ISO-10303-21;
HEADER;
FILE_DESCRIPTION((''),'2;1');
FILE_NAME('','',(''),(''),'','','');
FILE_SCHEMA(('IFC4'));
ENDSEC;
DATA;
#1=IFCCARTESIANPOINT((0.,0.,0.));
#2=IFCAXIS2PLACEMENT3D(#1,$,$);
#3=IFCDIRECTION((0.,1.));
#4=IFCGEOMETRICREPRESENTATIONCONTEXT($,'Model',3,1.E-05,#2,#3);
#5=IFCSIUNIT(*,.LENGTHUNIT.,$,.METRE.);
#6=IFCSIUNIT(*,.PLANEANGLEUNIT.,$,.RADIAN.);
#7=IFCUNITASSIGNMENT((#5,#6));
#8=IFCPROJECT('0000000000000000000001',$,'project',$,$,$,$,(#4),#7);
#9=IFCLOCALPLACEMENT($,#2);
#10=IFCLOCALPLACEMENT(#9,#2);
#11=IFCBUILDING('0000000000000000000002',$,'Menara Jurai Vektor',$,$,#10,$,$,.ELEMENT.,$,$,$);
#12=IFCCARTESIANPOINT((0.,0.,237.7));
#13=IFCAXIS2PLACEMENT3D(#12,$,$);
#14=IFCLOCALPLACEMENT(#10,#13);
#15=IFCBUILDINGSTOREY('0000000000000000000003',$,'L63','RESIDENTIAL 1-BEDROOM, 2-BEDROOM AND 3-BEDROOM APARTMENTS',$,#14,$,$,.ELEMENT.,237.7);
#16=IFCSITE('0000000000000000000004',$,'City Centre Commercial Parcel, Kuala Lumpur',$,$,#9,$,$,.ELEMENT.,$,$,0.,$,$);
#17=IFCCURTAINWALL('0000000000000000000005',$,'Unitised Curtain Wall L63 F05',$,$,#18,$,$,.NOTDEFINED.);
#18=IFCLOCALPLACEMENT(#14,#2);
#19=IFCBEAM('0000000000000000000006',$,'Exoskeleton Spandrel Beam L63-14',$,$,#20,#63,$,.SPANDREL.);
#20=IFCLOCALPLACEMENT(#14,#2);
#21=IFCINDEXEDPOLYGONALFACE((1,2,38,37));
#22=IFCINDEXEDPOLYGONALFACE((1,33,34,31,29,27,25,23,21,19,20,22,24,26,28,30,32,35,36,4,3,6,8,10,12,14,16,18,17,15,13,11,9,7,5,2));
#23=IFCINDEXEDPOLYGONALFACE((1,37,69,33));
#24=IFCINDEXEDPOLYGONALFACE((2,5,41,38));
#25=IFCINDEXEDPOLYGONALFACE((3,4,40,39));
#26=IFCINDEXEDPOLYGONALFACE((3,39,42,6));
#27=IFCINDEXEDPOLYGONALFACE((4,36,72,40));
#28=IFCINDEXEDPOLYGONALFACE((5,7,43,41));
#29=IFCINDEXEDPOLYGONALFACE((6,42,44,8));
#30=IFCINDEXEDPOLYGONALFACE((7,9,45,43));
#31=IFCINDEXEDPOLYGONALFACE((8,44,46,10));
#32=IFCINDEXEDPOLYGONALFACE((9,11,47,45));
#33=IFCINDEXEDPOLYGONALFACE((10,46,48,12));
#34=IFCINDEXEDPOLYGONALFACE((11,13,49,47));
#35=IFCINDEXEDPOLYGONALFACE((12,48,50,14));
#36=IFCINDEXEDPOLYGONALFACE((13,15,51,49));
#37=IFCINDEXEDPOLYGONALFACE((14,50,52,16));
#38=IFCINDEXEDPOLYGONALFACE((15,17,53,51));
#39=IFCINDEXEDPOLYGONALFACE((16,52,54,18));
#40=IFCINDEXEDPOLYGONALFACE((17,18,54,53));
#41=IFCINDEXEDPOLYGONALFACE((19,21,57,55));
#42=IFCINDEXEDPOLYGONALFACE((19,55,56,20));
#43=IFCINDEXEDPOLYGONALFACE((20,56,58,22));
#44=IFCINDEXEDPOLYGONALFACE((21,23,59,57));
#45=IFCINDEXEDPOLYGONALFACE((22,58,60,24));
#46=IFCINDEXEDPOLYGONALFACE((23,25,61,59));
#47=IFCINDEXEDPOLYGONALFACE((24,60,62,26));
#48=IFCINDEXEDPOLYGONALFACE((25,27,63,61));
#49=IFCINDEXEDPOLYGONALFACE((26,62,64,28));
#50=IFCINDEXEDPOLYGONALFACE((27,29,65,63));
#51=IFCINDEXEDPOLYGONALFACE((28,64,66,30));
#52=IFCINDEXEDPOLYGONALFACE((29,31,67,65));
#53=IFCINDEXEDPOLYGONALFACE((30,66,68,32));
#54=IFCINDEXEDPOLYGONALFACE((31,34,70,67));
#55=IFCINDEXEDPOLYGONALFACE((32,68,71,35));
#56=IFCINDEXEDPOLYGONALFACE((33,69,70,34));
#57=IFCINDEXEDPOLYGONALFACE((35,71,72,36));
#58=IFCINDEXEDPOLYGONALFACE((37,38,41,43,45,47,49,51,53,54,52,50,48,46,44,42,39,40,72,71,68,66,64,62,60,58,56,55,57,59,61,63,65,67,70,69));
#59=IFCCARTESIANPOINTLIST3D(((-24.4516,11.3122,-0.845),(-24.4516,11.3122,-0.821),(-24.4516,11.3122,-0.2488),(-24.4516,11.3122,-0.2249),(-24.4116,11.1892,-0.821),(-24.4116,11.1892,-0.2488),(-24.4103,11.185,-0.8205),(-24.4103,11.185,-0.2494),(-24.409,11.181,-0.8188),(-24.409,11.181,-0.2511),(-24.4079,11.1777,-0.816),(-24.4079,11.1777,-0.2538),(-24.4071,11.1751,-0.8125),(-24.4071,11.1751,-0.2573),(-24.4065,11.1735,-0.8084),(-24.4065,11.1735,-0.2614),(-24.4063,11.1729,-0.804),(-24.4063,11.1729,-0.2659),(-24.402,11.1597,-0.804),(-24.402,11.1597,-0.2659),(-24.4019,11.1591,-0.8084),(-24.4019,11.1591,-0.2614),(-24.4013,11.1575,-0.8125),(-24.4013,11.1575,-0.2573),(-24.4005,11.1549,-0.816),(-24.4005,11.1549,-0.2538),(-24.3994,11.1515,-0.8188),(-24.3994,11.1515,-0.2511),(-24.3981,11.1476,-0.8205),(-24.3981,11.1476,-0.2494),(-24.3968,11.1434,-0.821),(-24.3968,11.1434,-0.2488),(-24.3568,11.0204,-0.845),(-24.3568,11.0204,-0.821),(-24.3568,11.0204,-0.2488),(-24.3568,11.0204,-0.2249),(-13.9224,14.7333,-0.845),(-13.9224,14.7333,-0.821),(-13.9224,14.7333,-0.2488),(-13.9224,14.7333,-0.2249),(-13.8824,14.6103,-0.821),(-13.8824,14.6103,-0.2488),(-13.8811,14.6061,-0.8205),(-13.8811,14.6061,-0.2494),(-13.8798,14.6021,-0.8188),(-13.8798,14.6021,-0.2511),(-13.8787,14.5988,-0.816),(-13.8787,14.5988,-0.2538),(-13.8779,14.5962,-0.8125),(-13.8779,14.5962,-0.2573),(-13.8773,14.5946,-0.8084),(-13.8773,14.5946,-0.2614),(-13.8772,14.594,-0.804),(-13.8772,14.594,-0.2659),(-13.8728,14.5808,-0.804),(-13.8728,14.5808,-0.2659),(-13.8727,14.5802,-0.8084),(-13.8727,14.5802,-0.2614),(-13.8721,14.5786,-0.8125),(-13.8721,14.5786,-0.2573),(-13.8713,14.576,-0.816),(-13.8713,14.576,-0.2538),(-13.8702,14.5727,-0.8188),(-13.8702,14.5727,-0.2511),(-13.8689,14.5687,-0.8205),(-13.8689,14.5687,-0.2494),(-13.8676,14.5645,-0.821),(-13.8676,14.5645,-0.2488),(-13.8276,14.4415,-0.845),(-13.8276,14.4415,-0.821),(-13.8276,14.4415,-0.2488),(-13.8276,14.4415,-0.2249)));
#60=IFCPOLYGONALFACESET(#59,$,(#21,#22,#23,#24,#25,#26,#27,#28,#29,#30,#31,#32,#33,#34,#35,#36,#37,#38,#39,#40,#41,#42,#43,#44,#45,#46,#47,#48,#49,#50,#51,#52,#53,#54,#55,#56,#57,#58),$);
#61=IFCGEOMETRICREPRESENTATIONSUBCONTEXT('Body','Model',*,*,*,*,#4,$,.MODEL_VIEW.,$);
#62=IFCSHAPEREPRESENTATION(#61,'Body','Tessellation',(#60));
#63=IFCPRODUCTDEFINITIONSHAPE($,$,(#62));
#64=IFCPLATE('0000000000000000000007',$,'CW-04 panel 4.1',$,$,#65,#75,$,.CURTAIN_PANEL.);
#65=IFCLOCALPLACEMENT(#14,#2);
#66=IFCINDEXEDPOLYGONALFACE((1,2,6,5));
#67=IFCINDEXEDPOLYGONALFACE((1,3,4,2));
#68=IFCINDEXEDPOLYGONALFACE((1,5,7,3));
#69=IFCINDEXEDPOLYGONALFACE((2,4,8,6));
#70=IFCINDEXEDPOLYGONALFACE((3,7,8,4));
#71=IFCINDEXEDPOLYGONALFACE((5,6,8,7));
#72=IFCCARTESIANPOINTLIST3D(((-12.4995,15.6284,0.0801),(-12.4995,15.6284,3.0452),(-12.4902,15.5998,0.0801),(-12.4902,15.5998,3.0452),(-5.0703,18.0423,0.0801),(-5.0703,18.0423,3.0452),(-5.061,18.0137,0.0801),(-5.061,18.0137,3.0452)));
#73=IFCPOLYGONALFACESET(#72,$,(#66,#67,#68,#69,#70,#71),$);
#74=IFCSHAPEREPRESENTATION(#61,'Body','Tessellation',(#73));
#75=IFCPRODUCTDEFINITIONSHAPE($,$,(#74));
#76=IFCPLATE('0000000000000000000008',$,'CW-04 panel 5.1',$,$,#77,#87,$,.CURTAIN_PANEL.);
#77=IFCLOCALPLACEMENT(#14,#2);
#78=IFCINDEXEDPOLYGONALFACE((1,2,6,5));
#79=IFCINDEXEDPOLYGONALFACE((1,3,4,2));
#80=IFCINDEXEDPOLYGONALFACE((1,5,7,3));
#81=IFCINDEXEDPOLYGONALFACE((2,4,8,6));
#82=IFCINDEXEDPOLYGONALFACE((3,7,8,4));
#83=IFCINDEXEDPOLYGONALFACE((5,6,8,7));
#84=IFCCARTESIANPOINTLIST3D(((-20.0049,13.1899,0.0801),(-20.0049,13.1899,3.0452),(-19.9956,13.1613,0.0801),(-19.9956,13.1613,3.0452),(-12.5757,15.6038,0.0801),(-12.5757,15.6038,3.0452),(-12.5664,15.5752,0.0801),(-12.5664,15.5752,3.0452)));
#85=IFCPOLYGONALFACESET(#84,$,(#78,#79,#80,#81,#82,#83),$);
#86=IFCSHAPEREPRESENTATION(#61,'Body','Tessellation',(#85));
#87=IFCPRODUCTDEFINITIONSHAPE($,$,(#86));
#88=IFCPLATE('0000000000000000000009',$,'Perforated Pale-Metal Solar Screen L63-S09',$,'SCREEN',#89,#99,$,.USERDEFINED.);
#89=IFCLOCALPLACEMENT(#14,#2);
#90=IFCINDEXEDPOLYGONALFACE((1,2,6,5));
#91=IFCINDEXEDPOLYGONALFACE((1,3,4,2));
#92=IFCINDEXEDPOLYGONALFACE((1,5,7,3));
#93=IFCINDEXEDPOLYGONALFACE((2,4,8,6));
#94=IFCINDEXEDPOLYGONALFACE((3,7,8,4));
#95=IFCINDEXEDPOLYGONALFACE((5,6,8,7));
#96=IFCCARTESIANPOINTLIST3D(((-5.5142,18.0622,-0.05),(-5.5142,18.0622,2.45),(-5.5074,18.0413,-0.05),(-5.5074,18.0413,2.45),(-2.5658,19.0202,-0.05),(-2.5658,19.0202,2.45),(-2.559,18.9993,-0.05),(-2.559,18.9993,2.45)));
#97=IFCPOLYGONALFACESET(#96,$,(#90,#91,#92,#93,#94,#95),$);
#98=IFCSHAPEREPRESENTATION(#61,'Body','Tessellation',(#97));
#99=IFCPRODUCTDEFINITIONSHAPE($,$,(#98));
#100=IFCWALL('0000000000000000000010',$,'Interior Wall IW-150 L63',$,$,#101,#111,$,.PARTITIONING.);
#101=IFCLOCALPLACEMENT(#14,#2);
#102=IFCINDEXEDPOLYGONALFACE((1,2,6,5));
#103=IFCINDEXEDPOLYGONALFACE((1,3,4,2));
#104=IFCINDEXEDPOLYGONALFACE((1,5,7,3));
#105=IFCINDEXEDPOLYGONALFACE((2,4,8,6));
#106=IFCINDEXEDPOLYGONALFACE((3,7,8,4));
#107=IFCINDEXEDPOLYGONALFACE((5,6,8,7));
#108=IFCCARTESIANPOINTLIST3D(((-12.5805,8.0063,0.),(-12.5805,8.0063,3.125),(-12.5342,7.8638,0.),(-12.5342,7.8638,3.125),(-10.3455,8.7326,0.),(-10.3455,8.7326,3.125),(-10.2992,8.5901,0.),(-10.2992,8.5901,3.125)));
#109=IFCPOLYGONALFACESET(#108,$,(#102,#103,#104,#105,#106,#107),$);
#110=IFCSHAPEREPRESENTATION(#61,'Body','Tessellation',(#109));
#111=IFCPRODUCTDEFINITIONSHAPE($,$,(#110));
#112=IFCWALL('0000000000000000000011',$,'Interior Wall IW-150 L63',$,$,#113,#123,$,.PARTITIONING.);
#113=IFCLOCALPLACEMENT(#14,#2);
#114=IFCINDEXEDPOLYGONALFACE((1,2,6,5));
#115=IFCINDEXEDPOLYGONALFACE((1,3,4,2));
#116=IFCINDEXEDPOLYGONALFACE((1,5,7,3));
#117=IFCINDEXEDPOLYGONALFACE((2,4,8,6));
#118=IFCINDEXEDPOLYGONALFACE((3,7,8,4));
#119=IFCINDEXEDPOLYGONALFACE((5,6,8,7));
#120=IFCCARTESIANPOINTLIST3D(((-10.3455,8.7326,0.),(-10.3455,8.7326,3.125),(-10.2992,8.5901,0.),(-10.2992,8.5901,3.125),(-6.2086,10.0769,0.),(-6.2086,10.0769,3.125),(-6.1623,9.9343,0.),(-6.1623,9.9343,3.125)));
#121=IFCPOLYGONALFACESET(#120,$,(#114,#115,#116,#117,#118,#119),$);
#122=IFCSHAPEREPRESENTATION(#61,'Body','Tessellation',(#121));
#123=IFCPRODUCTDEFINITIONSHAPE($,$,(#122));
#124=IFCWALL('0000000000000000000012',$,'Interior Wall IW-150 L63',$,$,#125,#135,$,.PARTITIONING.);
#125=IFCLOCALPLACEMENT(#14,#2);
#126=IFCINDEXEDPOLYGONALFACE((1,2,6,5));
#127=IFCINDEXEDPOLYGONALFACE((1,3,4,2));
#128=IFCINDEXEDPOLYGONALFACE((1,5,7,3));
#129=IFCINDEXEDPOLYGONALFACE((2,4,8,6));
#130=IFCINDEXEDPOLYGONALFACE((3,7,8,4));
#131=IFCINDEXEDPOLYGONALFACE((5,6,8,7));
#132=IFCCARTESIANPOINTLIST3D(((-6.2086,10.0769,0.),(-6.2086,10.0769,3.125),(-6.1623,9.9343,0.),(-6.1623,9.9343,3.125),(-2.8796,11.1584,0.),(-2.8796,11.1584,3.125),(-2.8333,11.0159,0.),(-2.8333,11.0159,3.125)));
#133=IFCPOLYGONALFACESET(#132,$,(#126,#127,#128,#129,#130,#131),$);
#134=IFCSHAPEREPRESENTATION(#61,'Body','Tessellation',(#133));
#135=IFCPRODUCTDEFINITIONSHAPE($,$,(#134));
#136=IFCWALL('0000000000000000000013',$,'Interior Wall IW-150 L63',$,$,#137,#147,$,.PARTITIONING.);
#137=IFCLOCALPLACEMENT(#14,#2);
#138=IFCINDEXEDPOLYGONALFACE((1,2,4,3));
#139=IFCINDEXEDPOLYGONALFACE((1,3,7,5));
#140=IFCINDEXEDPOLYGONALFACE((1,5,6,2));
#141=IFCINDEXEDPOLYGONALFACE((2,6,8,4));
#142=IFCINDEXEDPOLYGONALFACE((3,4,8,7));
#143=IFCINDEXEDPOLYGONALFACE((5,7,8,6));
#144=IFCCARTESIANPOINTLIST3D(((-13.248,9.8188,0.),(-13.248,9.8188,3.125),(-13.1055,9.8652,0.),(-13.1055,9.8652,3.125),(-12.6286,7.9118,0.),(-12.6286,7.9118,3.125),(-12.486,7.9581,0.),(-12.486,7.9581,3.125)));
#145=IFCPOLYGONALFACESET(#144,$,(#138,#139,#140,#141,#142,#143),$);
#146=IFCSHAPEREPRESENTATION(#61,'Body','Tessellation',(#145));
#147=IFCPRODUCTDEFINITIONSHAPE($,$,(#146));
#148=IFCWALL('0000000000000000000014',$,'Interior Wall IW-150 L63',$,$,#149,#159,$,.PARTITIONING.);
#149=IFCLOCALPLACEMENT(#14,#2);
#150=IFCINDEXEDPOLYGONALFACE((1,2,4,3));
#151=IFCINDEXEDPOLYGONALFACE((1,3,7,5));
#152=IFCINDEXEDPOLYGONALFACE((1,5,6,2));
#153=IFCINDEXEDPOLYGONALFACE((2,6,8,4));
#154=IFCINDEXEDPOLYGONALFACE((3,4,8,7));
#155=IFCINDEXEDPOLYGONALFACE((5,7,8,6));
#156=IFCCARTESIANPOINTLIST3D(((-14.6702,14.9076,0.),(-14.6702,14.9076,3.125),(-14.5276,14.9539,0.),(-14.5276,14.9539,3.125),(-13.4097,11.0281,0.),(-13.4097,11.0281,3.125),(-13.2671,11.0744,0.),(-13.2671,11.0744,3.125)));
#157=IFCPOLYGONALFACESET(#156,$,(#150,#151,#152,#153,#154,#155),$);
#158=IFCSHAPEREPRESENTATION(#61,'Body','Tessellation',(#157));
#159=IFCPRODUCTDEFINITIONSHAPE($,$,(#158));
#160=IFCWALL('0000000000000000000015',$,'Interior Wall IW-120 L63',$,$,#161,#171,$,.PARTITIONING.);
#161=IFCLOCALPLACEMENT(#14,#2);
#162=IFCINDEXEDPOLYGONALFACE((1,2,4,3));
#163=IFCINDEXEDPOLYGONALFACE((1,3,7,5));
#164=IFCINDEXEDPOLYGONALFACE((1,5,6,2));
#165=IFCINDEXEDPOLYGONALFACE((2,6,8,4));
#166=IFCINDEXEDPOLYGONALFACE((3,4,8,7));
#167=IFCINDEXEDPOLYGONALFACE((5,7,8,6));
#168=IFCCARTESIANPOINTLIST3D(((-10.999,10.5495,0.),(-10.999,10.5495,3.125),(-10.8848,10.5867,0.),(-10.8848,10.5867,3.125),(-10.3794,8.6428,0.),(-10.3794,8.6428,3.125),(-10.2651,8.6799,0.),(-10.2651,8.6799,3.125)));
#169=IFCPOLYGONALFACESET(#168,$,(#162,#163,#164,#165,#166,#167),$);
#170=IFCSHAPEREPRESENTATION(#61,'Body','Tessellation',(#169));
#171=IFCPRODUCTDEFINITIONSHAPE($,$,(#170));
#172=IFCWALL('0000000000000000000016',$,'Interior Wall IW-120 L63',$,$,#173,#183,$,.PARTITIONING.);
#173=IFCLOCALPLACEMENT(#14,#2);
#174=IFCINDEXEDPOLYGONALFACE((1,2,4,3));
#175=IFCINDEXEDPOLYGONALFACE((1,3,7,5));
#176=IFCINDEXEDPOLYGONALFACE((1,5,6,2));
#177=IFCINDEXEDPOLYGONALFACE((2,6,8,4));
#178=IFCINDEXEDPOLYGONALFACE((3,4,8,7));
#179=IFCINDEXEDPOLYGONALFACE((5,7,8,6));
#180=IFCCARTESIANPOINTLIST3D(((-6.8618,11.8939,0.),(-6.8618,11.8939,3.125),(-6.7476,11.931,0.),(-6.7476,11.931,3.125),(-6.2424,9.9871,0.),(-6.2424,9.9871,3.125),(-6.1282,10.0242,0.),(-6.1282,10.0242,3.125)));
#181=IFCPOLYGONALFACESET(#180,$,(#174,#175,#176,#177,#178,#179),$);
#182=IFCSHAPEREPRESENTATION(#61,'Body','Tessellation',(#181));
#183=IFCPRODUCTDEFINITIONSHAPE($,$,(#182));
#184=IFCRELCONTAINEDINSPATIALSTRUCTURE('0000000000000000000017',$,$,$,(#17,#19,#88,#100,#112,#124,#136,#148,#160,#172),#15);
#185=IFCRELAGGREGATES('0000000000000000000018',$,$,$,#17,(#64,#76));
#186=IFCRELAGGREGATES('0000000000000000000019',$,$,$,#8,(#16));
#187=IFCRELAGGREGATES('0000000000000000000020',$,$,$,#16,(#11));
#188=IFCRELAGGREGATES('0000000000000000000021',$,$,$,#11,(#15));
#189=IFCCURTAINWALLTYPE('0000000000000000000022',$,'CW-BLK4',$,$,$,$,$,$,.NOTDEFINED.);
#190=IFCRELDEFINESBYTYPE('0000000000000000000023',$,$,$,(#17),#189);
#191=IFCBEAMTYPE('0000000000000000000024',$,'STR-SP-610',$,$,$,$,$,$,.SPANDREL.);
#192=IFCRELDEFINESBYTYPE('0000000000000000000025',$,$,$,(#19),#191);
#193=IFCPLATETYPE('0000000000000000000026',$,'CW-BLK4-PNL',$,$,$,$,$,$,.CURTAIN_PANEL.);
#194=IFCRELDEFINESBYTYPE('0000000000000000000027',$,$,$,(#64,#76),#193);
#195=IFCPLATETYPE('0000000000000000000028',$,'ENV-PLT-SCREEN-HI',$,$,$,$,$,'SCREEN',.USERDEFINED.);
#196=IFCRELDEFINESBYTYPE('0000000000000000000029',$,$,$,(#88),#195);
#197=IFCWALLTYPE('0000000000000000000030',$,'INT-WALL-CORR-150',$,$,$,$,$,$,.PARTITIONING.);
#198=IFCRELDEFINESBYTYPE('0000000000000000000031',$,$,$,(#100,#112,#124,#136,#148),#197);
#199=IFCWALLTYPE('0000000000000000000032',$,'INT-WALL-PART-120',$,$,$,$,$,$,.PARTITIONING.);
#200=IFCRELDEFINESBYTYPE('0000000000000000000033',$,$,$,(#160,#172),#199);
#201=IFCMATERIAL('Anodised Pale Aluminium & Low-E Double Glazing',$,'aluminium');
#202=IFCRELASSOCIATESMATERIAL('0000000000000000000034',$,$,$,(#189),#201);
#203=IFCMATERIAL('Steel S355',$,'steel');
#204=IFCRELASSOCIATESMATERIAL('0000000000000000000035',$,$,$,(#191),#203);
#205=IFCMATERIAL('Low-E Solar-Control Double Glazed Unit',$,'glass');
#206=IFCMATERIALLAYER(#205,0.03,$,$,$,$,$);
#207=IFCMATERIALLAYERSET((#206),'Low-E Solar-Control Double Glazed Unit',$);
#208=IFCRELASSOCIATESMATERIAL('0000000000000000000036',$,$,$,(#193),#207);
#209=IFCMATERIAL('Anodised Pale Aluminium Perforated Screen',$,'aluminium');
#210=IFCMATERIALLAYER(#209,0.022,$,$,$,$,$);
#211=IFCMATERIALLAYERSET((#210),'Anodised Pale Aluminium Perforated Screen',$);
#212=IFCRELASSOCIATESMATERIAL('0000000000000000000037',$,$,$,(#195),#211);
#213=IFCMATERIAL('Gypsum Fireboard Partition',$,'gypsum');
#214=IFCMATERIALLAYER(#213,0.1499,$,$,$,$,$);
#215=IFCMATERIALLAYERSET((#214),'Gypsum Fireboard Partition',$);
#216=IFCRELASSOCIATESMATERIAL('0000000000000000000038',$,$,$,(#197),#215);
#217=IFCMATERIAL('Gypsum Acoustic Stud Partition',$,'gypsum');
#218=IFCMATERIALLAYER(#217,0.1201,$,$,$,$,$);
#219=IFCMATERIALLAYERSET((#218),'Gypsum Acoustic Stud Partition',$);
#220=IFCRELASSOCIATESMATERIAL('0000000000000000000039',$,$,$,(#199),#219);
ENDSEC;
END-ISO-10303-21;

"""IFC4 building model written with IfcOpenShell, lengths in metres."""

from ifc_helpers import new_model, si_unit, direction, frame, frame_2d, origin, origin_2d, place, context, subcontext, project, spatial, rectangle, i_section, extrude, material, layer, layer_set, material_profile, profile_set, type_object, element, aggregate, save


model = new_model("IFC4")

# Units and contexts
model_context = context("Model", 3, precision=1e-05, world=origin(), true_north=direction((0.0, 1.0)))
body_context = subcontext(model_context, "Body", "Model", "MODEL_VIEW")
ifc_project = project(units=[si_unit("LENGTHUNIT", "METRE"), si_unit("PLANEANGLEUNIT", "RADIAN")], contexts=[model_context])

# Site, building, storey
site_placement = place(None, origin())
site = spatial("IfcSite", under=ifc_project, at=site_placement, Name="City Centre Commercial Parcel, Kuala Lumpur", CompositionType="ELEMENT", RefElevation=0.0)
building_placement = place(site_placement, origin())
building = spatial("IfcBuilding", under=site, at=building_placement, Name="Menara Jurai Vektor", CompositionType="ELEMENT")
storey_placement = place(building_placement, frame((0.0, 0.0, 237.7)))
storey = spatial("IfcBuildingStorey", under=building, at=storey_placement, Name="L63", Description="RESIDENTIAL 1-BEDROOM, 2-BEDROOM AND 3-BEDROOM APARTMENTS", CompositionType="ELEMENT", Elevation=237.7)

# Curtain wall
ifc_material_1 = material(Name="Anodised Pale Aluminium & Low-E Double Glazing", Category="aluminium")
curtain_wall_type = type_object("IfcCurtainWallType", Name="CW-BLK4", PredefinedType="NOTDEFINED", material=ifc_material_1)
curtain_wall_placement = place(storey_placement, origin())
curtain_wall = element("IfcCurtainWall", 1, at=curtain_wall_placement, inside=storey, type_object=curtain_wall_type, Name="Unitised Curtain Wall L63 F05", PredefinedType="NOTDEFINED")

# Beam
ifc_material_2 = material(Name="Steel S355", Category="steel")
ifc_material_profile_1 = material_profile(ifc_material_2, i_section(OverallWidth=0.3069, OverallDepth=0.6201, WebThickness=0.0139, FlangeThickness=0.0239, FilletRadius=0.0171, at=origin_2d()), Name="UKB 610x305x179")
ifc_profile_set_1 = profile_set([ifc_material_profile_1], Name="Steel S355")
beam_type_1 = type_object("IfcBeamType", Name="STR-SP-610", PredefinedType="SPANDREL", material=ifc_profile_set_1)
for number, where, z_axis, x_axis, name in (
    (2, (-13.875, 14.5874, -0.5349), (-0.951057, -0.309014, 0.0), (0.309014, -0.951057, 0.0), "Exoskeleton Spandrel Beam L63-14"),
):
    element("IfcBeam", number, at=place(storey_placement, frame(where, z_axis=z_axis, x_axis=x_axis)), inside=storey, type_object=beam_type_1, Name=name, PredefinedType="SPANDREL", context=body_context, shape_type="SweptSolid", body=[
        extrude(i_section(OverallWidth=0.3069, OverallDepth=0.6201, WebThickness=0.0139, FlangeThickness=0.0239, FilletRadius=0.0171, at=origin_2d()), origin(), (0.0, 0.0, 1.0), 11.071),
    ])

# Plates
ifc_material_3 = material(Name="Low-E Solar-Control Double Glazed Unit", Category="glass")
ifc_layer_1 = layer(ifc_material_3, 0.03)
ifc_layer_set_1 = layer_set([ifc_layer_1], Name="Low-E Solar-Control Double Glazed Unit")
plate_type_1 = type_object("IfcPlateType", Name="CW-BLK4-PNL", PredefinedType="CURTAIN_PANEL", material=ifc_layer_set_1)
plate_1_placement = place(storey_placement, frame((-8.7803, 16.821, 0.0801), z_axis=(0.0, 0.0, 1.0), x_axis=(-0.951056, -0.309017, 0.0)))
plate_1 = element("IfcPlate", 3, at=plate_1_placement, type_object=plate_type_1, Name="CW-04 panel 4.1", PredefinedType="CURTAIN_PANEL", context=body_context, shape_type="SweptSolid", body=[
    extrude(rectangle(XDim=7.8115, YDim=0.03, at=origin_2d()), origin(), (0.0, 0.0, 1.0), 2.9651),
])
plate_2_placement = place(storey_placement, frame((-16.2856, 14.3826, 0.0801), z_axis=(0.0, 0.0, 1.0), x_axis=(-0.951056, -0.309017, 0.0)))
plate_2 = element("IfcPlate", 4, at=plate_2_placement, type_object=plate_type_1, Name="CW-04 panel 5.1", PredefinedType="CURTAIN_PANEL", context=body_context, shape_type="SweptSolid", body=[
    extrude(rectangle(XDim=7.8115, YDim=0.03, at=origin_2d()), origin(), (0.0, 0.0, 1.0), 2.9651),
])
aggregate(curtain_wall, [plate_1, plate_2])
ifc_material_4 = material(Name="Anodised Pale Aluminium Perforated Screen", Category="aluminium")
ifc_layer_2 = layer(ifc_material_4, 0.022)
ifc_layer_set_2 = layer_set([ifc_layer_2], Name="Anodised Pale Aluminium Perforated Screen")
plate_type_2 = type_object("IfcPlateType", Name="ENV-PLT-SCREEN-HI", ElementType="SCREEN", PredefinedType="USERDEFINED", material=ifc_layer_set_2)
plate_3_placement = place(storey_placement, frame((-4.0366, 18.5308, -0.05), z_axis=(0.0, 0.0, 1.0), x_axis=(-0.951057, -0.309017, 0.0)))
element("IfcPlate", 5, at=plate_3_placement, inside=storey, type_object=plate_type_2, Name="Perforated Pale-Metal Solar Screen L63-S09", ObjectType="SCREEN", PredefinedType="USERDEFINED", context=body_context, shape_type="SweptSolid", body=[
    extrude(rectangle(XDim=3.1001, YDim=0.022, at=origin_2d()), origin(), (0.0, 0.0, 1.0), 2.5),
])

# Walls
ifc_material_5 = material(Name="Gypsum Fireboard Partition", Category="gypsum")
ifc_layer_3 = layer(ifc_material_5, 0.1499)
ifc_layer_set_3 = layer_set([ifc_layer_3], Name="Gypsum Fireboard Partition")
wall_type_1 = type_object("IfcWallType", Name="INT-WALL-CORR-150", PredefinedType="PARTITIONING", material=ifc_layer_set_3)
wall_1_placement = place(storey_placement, frame((-12.5574, 7.9351, 0.0), z_axis=(0.0, 0.0, 1.0), x_axis=(0.951046, 0.309051, 0.0)))
element("IfcWall", 6, at=wall_1_placement, inside=storey, type_object=wall_type_1, Name="Interior Wall IW-150 L63", PredefinedType="PARTITIONING", context=body_context, shape_type="SweptSolid", body=[
    extrude(rectangle(XDim=2.3501, YDim=0.1499, at=frame_2d((1.175, 0.0))), origin(), (0.0, 0.0, 1.0), 3.125),
])
wall_2_placement = place(storey_placement, frame((-10.3223, 8.6614, 0.0), z_axis=(0.0, 0.0, 1.0), x_axis=(0.951053, 0.309029, 0.0)))
element("IfcWall", 7, at=wall_2_placement, inside=storey, type_object=wall_type_1, Name="Interior Wall IW-150 L63", PredefinedType="PARTITIONING", context=body_context, shape_type="SweptSolid", body=[
    extrude(rectangle(XDim=4.3499, YDim=0.1499, at=frame_2d((2.1748, 0.0))), origin(), (0.0, 0.0, 1.0), 3.125),
])
wall_3_placement = place(storey_placement, frame((-6.1853, 10.0056, 0.0), z_axis=(0.0, 0.0, 1.0), x_axis=(0.951062, 0.308999, 0.0)))
element("IfcWall", 8, at=wall_3_placement, inside=storey, type_object=wall_type_1, Name="Interior Wall IW-150 L63", PredefinedType="PARTITIONING", context=body_context, shape_type="SweptSolid", body=[
    extrude(rectangle(XDim=3.5002, YDim=0.1499, at=frame_2d((1.75, 0.0))), origin(), (0.0, 0.0, 1.0), 3.125),
])
wall_4_placement = place(storey_placement, frame((-12.5574, 7.9351, 0.0), z_axis=(0.0, 0.0, 1.0), x_axis=(-0.308913, 0.95109, 0.0)))
element("IfcWall", 9, at=wall_4_placement, inside=storey, type_object=wall_type_1, Name="Interior Wall IW-150 L63", PredefinedType="PARTITIONING", context=body_context, shape_type="SweptSolid", body=[
    extrude(rectangle(XDim=2.0051, YDim=0.1499, at=frame_2d((1.0024, 0.0))), origin(), (0.0, 0.0, 1.0), 3.125),
])

# Walls
wall_5_placement = place(storey_placement, frame((-13.3384, 11.0513, 0.0), z_axis=(0.0, 0.0, 1.0), x_axis=(-0.309018, 0.951056, 0.0)))
element("IfcWall", 10, at=wall_5_placement, inside=storey, type_object=wall_type_1, Name="Interior Wall IW-150 L63", PredefinedType="PARTITIONING", context=body_context, shape_type="SweptSolid", body=[
    extrude(rectangle(XDim=4.0791, YDim=0.1499, at=frame_2d((2.0396, 0.0))), origin(), (0.0, 0.0, 1.0), 3.125),
])
ifc_material_6 = material(Name="Gypsum Acoustic Stud Partition", Category="gypsum")
ifc_layer_4 = layer(ifc_material_6, 0.1201)
ifc_layer_set_4 = layer_set([ifc_layer_4], Name="Gypsum Acoustic Stud Partition")
wall_type_2 = type_object("IfcWallType", Name="INT-WALL-PART-120", PredefinedType="PARTITIONING", material=ifc_layer_set_4)
for number, where, z_axis, x_axis, name in (
    (11, (-10.3223, 8.6614, 0.0), (0.0, 0.0, 1.0), (-0.309059, 0.951043, 0.0), "Interior Wall IW-120 L63"),
    (12, (-6.1853, 10.0056, 0.0), (0.0, 0.0, 1.0), (-0.308948, 0.951079, 0.0), "Interior Wall IW-120 L63"),
):
    element("IfcWall", number, at=place(storey_placement, frame(where, z_axis=z_axis, x_axis=x_axis)), inside=storey, type_object=wall_type_2, Name=name, PredefinedType="PARTITIONING", context=body_context, shape_type="SweptSolid", body=[
        extrude(rectangle(XDim=2.0049, YDim=0.1201, at=frame_2d((1.0024, 0.0))), origin(), (0.0, 0.0, 1.0), 3.125),
    ])

save(model, "model.ifc")
